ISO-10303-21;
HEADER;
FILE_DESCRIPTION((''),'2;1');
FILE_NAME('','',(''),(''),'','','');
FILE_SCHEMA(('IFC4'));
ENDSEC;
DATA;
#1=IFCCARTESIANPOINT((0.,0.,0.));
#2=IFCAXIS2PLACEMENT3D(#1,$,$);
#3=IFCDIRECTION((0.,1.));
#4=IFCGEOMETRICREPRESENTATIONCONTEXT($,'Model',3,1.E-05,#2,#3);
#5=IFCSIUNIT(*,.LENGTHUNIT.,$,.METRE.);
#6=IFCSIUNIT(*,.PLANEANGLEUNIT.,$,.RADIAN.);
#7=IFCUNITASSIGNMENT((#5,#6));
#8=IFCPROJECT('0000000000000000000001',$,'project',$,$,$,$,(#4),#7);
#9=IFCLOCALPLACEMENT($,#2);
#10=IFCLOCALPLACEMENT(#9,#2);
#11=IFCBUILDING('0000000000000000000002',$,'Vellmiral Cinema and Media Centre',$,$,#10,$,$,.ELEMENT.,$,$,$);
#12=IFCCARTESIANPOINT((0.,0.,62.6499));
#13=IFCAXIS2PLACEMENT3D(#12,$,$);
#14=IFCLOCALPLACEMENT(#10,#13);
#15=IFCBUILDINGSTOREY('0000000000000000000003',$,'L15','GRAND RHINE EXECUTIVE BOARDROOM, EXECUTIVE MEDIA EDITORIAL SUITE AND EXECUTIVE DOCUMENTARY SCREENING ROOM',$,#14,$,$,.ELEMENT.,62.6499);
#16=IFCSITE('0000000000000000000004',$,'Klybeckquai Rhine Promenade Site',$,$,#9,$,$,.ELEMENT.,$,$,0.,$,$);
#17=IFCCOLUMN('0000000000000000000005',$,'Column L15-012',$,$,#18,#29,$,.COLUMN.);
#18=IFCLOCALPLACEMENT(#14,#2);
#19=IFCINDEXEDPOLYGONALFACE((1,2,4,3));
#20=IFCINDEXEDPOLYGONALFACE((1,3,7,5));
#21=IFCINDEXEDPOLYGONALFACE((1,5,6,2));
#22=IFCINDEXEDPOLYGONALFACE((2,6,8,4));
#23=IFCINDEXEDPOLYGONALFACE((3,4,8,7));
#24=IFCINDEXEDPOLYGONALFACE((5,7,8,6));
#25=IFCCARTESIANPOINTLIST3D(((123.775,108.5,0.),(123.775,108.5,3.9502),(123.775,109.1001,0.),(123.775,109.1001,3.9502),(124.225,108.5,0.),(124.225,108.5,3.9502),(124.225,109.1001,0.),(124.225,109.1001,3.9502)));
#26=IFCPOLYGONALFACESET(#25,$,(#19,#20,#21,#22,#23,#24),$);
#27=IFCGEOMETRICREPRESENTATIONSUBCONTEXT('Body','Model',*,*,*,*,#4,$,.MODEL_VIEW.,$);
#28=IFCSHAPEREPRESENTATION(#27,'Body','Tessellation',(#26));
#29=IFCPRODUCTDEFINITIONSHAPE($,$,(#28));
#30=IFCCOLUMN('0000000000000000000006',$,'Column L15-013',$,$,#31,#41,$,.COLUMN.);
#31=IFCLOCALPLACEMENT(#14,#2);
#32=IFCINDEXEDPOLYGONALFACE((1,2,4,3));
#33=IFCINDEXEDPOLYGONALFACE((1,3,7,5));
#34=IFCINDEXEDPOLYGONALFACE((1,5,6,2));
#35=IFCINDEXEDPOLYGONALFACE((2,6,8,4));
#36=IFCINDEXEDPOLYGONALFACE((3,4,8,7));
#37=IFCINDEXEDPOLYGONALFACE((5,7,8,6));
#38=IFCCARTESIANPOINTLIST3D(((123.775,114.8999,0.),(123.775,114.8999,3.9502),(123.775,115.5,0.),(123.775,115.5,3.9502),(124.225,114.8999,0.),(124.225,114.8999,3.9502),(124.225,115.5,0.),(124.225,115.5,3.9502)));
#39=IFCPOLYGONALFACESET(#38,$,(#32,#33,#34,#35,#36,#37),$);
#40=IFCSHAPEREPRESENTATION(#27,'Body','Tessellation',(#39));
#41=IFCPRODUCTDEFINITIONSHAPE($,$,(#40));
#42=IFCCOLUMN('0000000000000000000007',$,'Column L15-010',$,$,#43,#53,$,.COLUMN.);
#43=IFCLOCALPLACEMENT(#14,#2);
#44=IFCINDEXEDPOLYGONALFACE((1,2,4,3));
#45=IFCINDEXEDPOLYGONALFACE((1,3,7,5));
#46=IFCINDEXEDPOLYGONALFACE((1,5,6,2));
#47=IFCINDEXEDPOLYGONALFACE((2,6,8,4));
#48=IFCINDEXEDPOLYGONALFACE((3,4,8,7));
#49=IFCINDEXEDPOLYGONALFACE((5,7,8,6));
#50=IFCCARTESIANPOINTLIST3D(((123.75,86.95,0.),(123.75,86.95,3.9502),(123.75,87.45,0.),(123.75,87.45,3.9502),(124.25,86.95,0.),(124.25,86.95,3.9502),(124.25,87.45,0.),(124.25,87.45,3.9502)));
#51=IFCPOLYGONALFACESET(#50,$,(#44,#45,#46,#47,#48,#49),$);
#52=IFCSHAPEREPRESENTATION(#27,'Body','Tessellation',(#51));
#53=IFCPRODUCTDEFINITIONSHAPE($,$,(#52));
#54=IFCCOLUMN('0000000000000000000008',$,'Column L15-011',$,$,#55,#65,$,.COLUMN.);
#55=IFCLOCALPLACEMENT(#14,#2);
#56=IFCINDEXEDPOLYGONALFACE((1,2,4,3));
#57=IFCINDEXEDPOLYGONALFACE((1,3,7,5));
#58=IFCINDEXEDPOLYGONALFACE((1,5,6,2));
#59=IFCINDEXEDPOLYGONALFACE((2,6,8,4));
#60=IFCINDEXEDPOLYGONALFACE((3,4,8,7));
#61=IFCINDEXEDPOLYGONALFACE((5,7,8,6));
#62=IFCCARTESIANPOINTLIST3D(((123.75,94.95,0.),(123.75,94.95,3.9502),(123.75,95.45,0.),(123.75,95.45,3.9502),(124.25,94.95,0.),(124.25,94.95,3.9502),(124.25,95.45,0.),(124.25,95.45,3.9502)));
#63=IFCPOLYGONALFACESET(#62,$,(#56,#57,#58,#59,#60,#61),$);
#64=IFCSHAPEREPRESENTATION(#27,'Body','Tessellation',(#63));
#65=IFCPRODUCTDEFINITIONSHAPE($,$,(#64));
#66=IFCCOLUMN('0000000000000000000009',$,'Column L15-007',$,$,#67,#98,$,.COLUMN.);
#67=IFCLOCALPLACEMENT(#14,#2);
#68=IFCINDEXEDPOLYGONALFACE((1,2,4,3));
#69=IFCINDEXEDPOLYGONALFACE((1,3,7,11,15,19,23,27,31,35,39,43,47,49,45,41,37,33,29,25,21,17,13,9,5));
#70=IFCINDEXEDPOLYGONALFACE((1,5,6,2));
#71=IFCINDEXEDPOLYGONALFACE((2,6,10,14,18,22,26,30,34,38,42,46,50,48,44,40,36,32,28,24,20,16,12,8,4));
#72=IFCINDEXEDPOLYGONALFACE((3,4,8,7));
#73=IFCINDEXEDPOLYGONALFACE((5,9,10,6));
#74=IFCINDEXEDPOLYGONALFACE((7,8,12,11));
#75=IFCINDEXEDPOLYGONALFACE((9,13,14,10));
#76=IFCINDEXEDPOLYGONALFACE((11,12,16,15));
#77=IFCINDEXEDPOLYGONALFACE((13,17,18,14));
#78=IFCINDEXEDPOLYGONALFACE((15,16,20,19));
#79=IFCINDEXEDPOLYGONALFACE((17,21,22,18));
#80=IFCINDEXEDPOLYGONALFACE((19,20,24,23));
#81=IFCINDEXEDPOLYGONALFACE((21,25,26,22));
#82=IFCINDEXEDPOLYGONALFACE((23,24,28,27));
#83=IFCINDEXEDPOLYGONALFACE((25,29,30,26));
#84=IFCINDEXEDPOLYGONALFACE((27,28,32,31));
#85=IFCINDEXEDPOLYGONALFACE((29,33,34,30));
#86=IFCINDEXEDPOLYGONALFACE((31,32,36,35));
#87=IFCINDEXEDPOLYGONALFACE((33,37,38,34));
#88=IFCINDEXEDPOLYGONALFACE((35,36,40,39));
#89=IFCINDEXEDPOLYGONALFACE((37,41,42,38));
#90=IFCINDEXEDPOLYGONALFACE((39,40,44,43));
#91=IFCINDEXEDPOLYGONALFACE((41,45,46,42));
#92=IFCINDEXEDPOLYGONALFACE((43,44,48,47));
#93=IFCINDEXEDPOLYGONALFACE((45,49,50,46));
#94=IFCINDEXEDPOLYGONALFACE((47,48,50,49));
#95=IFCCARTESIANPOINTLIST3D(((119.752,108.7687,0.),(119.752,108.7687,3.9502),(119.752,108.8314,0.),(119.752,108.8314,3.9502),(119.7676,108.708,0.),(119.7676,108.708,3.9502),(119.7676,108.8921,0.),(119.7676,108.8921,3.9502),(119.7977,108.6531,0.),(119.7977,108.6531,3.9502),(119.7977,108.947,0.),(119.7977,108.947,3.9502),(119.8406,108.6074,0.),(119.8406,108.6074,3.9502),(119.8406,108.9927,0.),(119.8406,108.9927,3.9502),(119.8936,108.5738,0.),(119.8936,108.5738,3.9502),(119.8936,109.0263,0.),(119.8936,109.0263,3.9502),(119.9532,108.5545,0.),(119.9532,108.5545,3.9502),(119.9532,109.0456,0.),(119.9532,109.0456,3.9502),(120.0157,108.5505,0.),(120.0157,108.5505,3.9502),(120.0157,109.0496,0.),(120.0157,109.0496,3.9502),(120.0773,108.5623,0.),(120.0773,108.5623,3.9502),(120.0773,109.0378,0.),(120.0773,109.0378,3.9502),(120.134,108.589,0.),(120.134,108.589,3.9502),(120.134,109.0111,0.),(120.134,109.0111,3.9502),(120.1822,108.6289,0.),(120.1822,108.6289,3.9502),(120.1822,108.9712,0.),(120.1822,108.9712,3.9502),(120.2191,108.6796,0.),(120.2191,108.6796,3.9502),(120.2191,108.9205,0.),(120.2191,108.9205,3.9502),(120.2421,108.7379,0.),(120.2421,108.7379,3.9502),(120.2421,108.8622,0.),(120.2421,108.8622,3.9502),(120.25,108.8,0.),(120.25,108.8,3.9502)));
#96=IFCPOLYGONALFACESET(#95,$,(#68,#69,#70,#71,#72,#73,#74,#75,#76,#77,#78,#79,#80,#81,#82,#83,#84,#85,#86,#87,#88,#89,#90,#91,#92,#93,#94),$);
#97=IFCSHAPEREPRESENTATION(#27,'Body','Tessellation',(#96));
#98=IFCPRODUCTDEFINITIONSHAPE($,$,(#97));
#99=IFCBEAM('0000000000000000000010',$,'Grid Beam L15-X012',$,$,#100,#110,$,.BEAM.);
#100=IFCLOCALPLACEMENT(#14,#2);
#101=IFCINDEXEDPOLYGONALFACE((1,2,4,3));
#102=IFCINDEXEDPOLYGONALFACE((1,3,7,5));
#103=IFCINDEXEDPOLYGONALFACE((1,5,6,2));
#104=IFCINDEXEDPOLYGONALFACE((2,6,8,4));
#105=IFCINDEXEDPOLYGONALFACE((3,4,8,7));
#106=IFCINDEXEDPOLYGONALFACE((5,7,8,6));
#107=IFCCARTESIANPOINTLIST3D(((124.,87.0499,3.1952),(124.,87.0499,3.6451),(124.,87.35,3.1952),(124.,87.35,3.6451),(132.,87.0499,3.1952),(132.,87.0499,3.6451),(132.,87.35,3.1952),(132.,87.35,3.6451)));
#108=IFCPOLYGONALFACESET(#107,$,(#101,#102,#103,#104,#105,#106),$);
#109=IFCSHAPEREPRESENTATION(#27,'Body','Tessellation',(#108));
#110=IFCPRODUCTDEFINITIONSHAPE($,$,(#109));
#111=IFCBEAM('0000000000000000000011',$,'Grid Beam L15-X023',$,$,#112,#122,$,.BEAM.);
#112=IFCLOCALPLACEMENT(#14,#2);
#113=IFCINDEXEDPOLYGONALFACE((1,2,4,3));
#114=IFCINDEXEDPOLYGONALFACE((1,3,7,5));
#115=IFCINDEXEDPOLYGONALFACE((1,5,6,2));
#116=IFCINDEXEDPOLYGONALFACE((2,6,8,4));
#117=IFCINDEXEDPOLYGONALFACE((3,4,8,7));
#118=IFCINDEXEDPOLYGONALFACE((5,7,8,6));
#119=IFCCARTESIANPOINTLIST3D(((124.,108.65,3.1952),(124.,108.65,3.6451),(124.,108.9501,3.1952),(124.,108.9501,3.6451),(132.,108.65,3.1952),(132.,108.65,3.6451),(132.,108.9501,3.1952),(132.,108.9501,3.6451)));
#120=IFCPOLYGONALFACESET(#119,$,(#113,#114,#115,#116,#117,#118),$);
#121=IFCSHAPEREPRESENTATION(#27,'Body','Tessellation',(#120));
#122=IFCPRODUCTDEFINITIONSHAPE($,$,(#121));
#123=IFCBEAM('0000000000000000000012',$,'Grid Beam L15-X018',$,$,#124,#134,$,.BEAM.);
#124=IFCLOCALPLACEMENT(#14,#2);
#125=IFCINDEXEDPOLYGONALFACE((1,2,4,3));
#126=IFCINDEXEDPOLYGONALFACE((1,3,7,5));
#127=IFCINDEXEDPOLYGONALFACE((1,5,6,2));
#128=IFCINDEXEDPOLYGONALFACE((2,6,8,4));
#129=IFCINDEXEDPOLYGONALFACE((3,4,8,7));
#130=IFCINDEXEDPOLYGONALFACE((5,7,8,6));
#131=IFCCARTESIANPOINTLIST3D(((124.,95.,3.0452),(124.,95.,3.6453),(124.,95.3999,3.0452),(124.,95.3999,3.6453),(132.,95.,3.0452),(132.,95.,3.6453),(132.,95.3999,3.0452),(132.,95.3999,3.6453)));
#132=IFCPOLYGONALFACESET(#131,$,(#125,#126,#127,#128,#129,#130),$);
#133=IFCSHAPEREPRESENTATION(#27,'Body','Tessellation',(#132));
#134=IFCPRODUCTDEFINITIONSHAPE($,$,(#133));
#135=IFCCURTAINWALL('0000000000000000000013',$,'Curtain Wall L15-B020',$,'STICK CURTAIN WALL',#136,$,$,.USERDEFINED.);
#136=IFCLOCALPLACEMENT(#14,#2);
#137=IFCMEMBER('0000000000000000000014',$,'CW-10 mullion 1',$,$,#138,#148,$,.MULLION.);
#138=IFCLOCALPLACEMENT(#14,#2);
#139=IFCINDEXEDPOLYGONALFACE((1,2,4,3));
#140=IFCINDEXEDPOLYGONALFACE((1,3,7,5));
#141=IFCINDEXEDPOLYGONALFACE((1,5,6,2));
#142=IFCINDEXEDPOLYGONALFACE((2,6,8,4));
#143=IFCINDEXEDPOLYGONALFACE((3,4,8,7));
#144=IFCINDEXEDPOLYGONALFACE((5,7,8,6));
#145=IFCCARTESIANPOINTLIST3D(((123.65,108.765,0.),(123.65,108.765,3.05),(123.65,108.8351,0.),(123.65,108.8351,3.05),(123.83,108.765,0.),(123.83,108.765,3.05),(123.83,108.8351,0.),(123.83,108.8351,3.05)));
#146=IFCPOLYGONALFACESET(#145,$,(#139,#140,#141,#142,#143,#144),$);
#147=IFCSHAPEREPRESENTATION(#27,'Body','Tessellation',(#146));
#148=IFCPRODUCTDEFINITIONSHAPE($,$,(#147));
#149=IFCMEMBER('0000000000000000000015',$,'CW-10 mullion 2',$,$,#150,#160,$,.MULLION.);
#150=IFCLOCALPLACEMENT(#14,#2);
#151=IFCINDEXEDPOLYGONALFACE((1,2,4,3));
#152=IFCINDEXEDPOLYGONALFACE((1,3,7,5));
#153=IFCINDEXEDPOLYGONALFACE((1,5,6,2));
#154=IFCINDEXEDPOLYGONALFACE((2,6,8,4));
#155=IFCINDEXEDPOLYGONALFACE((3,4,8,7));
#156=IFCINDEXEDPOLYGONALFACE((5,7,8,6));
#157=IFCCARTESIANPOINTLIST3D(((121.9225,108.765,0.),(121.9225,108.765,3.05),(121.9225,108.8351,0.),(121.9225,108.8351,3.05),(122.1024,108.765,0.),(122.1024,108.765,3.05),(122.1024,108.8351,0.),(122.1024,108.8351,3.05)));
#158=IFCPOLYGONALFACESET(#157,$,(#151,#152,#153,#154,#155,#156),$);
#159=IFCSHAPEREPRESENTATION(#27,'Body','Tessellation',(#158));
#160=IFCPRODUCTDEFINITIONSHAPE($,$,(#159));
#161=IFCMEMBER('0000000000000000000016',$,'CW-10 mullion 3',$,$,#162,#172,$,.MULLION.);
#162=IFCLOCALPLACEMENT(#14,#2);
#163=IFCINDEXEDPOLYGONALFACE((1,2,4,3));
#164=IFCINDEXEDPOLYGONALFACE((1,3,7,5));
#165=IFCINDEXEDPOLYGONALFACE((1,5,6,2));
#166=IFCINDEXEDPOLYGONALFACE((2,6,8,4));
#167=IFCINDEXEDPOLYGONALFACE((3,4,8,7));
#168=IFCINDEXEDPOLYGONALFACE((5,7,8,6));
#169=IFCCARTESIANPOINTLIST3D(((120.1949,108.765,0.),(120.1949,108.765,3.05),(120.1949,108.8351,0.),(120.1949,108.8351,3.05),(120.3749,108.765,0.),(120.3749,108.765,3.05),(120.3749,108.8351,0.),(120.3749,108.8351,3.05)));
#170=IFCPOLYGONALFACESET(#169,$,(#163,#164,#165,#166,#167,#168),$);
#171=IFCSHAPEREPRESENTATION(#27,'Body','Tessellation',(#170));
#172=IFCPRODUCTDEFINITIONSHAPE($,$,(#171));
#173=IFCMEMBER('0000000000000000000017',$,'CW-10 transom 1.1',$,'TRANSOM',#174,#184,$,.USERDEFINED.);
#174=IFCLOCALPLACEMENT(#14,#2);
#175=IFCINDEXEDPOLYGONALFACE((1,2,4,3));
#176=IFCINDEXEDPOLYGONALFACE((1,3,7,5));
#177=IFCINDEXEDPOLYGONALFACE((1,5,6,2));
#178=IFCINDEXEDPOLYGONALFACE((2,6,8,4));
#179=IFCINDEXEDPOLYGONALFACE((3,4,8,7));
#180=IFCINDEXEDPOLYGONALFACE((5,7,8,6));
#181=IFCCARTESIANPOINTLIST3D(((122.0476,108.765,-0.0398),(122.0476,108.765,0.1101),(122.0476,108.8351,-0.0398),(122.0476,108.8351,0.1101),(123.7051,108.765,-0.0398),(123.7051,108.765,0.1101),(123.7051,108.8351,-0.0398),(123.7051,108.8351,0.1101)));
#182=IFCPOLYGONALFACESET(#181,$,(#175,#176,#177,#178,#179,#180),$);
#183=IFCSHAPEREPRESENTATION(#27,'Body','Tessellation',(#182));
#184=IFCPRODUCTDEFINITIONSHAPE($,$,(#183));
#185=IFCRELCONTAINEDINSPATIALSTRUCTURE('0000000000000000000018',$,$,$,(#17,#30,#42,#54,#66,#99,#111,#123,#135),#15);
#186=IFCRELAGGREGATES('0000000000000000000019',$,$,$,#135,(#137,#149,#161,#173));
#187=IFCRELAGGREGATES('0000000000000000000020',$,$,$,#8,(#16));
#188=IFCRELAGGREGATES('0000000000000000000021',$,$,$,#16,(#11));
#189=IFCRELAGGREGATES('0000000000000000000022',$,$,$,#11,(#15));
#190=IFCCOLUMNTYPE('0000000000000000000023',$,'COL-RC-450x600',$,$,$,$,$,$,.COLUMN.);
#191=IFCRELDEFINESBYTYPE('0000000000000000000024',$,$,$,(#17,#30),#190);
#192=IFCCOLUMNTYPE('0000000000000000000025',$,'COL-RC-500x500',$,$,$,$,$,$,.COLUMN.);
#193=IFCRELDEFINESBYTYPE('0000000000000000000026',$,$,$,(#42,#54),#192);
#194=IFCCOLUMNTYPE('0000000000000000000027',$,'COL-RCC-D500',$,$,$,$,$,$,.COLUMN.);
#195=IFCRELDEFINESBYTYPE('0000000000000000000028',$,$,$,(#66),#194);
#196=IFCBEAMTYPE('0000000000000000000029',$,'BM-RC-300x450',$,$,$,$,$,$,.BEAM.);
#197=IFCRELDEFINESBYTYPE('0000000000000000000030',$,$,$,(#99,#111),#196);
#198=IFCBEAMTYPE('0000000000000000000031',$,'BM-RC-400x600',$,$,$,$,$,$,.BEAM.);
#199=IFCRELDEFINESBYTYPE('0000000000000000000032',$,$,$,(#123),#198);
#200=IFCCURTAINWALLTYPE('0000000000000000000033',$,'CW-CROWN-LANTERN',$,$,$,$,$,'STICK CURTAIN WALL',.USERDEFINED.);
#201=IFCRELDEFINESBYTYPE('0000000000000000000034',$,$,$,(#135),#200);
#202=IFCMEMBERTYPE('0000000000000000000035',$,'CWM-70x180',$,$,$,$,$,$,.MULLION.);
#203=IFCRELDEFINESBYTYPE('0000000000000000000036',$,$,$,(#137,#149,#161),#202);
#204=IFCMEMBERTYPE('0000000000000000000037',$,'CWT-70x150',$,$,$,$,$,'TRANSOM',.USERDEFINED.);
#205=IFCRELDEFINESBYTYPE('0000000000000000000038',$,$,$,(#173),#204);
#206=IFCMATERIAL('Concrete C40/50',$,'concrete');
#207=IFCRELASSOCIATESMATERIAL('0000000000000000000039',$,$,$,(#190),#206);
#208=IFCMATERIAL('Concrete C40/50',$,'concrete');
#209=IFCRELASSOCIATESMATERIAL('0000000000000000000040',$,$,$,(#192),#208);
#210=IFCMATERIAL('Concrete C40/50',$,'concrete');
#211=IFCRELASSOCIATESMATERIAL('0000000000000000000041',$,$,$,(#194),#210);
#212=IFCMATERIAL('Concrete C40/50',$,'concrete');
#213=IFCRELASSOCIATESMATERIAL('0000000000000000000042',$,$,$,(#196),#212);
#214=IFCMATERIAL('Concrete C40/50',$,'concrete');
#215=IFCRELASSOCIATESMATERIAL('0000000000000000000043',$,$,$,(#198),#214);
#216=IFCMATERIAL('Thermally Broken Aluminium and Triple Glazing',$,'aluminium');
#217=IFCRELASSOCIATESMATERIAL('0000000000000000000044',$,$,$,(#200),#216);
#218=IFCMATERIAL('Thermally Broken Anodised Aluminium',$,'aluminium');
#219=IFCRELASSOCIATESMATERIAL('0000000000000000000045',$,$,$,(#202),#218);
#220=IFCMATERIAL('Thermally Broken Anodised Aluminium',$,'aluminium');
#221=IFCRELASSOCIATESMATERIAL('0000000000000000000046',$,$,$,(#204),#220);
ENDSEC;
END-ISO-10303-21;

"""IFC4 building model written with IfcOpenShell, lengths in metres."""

from ifc_helpers import new_model, si_unit, direction, frame, origin, origin_2d, place, context, subcontext, project, spatial, rectangle, circle, extrude, material, material_profile, profile_set, type_object, element, aggregate, save


model = new_model("IFC4")

# Units and contexts
model_context = context("Model", 3, precision=1e-05, world=origin(), true_north=direction((0.0, 1.0)))
body_context = subcontext(model_context, "Body", "Model", "MODEL_VIEW")
ifc_project = project(units=[si_unit("LENGTHUNIT", "METRE"), si_unit("PLANEANGLEUNIT", "RADIAN")], contexts=[model_context])

# Site, building, storey
site_placement = place(None, origin())
site = spatial("IfcSite", under=ifc_project, at=site_placement, Name="Klybeckquai Rhine Promenade Site", CompositionType="ELEMENT", RefElevation=0.0)
building_placement = place(site_placement, origin())
building = spatial("IfcBuilding", under=site, at=building_placement, Name="Vellmiral Cinema and Media Centre", CompositionType="ELEMENT")
storey_placement = place(building_placement, frame((0.0, 0.0, 62.6499)))
storey = spatial("IfcBuildingStorey", under=building, at=storey_placement, Name="L15", Description="GRAND RHINE EXECUTIVE BOARDROOM, EXECUTIVE MEDIA EDITORIAL SUITE AND EXECUTIVE DOCUMENTARY SCREENING ROOM", CompositionType="ELEMENT", Elevation=62.6499)

# Columns
ifc_material_1 = material(Name="Concrete C40/50", Category="concrete")
ifc_material_profile_1 = material_profile(ifc_material_1, rectangle(XDim=0.45, YDim=0.6001, at=origin_2d()), Name="RC 450x600")
ifc_profile_set_1 = profile_set([ifc_material_profile_1], Name="Concrete C40/50")
column_type_1 = type_object("IfcColumnType", Name="COL-RC-450x600", PredefinedType="COLUMN", material=ifc_profile_set_1)
for number, where, z_axis, x_axis, name in (
    (1, (124.0, 108.8, 0.0), (0.0, 0.0, 1.0), (1.0, 0.0, 0.0), "Column L15-012"),
    (2, (124.0, 115.2, 0.0), (0.0, 0.0, 1.0), (1.0, 0.0, 0.0), "Column L15-013"),
):
    element("IfcColumn", number, at=place(storey_placement, frame(where, z_axis=z_axis, x_axis=x_axis)), inside=storey, type_object=column_type_1, Name=name, PredefinedType="COLUMN", context=body_context, shape_type="SweptSolid", body=[
        extrude(rectangle(XDim=0.45, YDim=0.6001, at=origin_2d()), origin(), (0.0, 0.0, 1.0), 3.9502),
    ])
ifc_material_2 = material(Name="Concrete C40/50", Category="concrete")
ifc_material_profile_2 = material_profile(ifc_material_2, rectangle(XDim=0.5, YDim=0.5, at=origin_2d()), Name="RC 500x500")
ifc_profile_set_2 = profile_set([ifc_material_profile_2], Name="Concrete C40/50")
column_type_2 = type_object("IfcColumnType", Name="COL-RC-500x500", PredefinedType="COLUMN", material=ifc_profile_set_2)
for number, where, z_axis, x_axis, name in (
    (3, (124.0, 87.2, 0.0), (0.0, 0.0, 1.0), (1.0, 0.0, 0.0), "Column L15-010"),
    (4, (124.0, 95.2, 0.0), (0.0, 0.0, 1.0), (1.0, 0.0, 0.0), "Column L15-011"),
):
    element("IfcColumn", number, at=place(storey_placement, frame(where, z_axis=z_axis, x_axis=x_axis)), inside=storey, type_object=column_type_2, Name=name, PredefinedType="COLUMN", context=body_context, shape_type="SweptSolid", body=[
        extrude(rectangle(XDim=0.5, YDim=0.5, at=origin_2d()), origin(), (0.0, 0.0, 1.0), 3.9502),
    ])
ifc_material_3 = material(Name="Concrete C40/50", Category="concrete")
ifc_material_profile_3 = material_profile(ifc_material_3, circle(Radius=0.25, at=origin_2d()), Name="RC D500")
ifc_profile_set_3 = profile_set([ifc_material_profile_3], Name="Concrete C40/50")
column_type_3 = type_object("IfcColumnType", Name="COL-RCC-D500", PredefinedType="COLUMN", material=ifc_profile_set_3)
column_placement = place(storey_placement, frame((120.0, 108.8, 0.0), z_axis=(0.0, 0.0, 1.0), x_axis=(1.0, 0.0, 0.0)))
element("IfcColumn", 5, at=column_placement, inside=storey, type_object=column_type_3, Name="Column L15-007", PredefinedType="COLUMN", context=body_context, shape_type="SweptSolid", body=[
    extrude(circle(Radius=0.25, at=origin_2d()), origin(), (0.0, 0.0, 1.0), 3.9502),
])

# Beams
ifc_material_4 = material(Name="Concrete C40/50", Category="concrete")
ifc_material_profile_4 = material_profile(ifc_material_4, rectangle(XDim=0.3, YDim=0.45, at=origin_2d()), Name="RC 300x450")
ifc_profile_set_4 = profile_set([ifc_material_profile_4], Name="Concrete C40/50")
beam_type_1 = type_object("IfcBeamType", Name="BM-RC-300x450", PredefinedType="BEAM", material=ifc_profile_set_4)
for number, where, z_axis, x_axis, name in (
    (6, (124.0, 87.2, 3.4202), (1.0, 0.0, 0.0), (0.0, 1.0, 0.0), "Grid Beam L15-X012"),
    (7, (124.0, 108.8, 3.4202), (1.0, 0.0, 0.0), (0.0, 1.0, 0.0), "Grid Beam L15-X023"),
):
    element("IfcBeam", number, at=place(storey_placement, frame(where, z_axis=z_axis, x_axis=x_axis)), inside=storey, type_object=beam_type_1, Name=name, PredefinedType="BEAM", context=body_context, shape_type="SweptSolid", body=[
        extrude(rectangle(XDim=0.3, YDim=0.45, at=origin_2d()), origin(), (0.0, 0.0, 1.0), 8.0),
    ])
ifc_material_5 = material(Name="Concrete C40/50", Category="concrete")
ifc_material_profile_5 = material_profile(ifc_material_5, rectangle(XDim=0.3999, YDim=0.6001, at=origin_2d()), Name="RC 400x600")
ifc_profile_set_5 = profile_set([ifc_material_profile_5], Name="Concrete C40/50")
beam_type_2 = type_object("IfcBeamType", Name="BM-RC-400x600", PredefinedType="BEAM", material=ifc_profile_set_5)
beam_1_placement = place(storey_placement, frame((124.0, 95.2, 3.3452), z_axis=(1.0, 0.0, 0.0), x_axis=(0.0, 1.0, 0.0)))
element("IfcBeam", 8, at=beam_1_placement, inside=storey, type_object=beam_type_2, Name="Grid Beam L15-X018", PredefinedType="BEAM", context=body_context, shape_type="SweptSolid", body=[
    extrude(rectangle(XDim=0.3999, YDim=0.6001, at=origin_2d()), origin(), (0.0, 0.0, 1.0), 8.0),
])

# Curtain wall, members
ifc_material_6 = material(Name="Thermally Broken Aluminium and Triple Glazing", Category="aluminium")
curtain_wall_type = type_object("IfcCurtainWallType", Name="CW-CROWN-LANTERN", ElementType="STICK CURTAIN WALL", PredefinedType="USERDEFINED", material=ifc_material_6)
curtain_wall_1_placement = place(storey_placement, origin())
curtain_wall_1 = element("IfcCurtainWall", 9, at=curtain_wall_1_placement, inside=storey, type_object=curtain_wall_type, Name="Curtain Wall L15-B020", ObjectType="STICK CURTAIN WALL", PredefinedType="USERDEFINED")
ifc_material_7 = material(Name="Thermally Broken Anodised Aluminium", Category="aluminium")
ifc_material_profile_6 = material_profile(ifc_material_7, rectangle(XDim=0.0701, YDim=0.1799, at=origin_2d()), Name="MULL 70x180")
ifc_profile_set_6 = profile_set([ifc_material_profile_6], Name="Thermally Broken Anodised Aluminium")
member_type_1 = type_object("IfcMemberType", Name="CWM-70x180", PredefinedType="MULLION", material=ifc_profile_set_6)
member_1_placement = place(storey_placement, frame((123.74, 108.8, 0.0), z_axis=(0.0, 0.0, 1.0), x_axis=(0.0, -1.0, 0.0)))
member_1 = element("IfcMember", 10, at=member_1_placement, type_object=member_type_1, Name="CW-10 mullion 1", PredefinedType="MULLION", context=body_context, shape_type="SweptSolid", body=[
    extrude(rectangle(XDim=0.0701, YDim=0.1799, at=origin_2d()), origin(), (0.0, 0.0, 1.0), 3.05),
])
member_2_placement = place(storey_placement, frame((122.0125, 108.8, 0.0), z_axis=(0.0, 0.0, 1.0), x_axis=(0.0, -1.0, 0.0)))
member_2 = element("IfcMember", 11, at=member_2_placement, type_object=member_type_1, Name="CW-10 mullion 2", PredefinedType="MULLION", context=body_context, shape_type="SweptSolid", body=[
    extrude(rectangle(XDim=0.0701, YDim=0.1799, at=origin_2d()), origin(), (0.0, 0.0, 1.0), 3.05),
])
member_3_placement = place(storey_placement, frame((120.2849, 108.8, 0.0), z_axis=(0.0, 0.0, 1.0), x_axis=(0.0, -1.0, 0.0)))
member_3 = element("IfcMember", 12, at=member_3_placement, type_object=member_type_1, Name="CW-10 mullion 3", PredefinedType="MULLION", context=body_context, shape_type="SweptSolid", body=[
    extrude(rectangle(XDim=0.0701, YDim=0.1799, at=origin_2d()), origin(), (0.0, 0.0, 1.0), 3.05),
])
ifc_material_8 = material(Name="Thermally Broken Anodised Aluminium", Category="aluminium")
ifc_material_profile_7 = material_profile(ifc_material_8, rectangle(XDim=0.0701, YDim=0.1499, at=origin_2d()), Name="MULL 70x150")
ifc_profile_set_7 = profile_set([ifc_material_profile_7], Name="Thermally Broken Anodised Aluminium")
member_type_2 = type_object("IfcMemberType", Name="CWT-70x150", ElementType="TRANSOM", PredefinedType="USERDEFINED", material=ifc_profile_set_7)
member_4_placement = place(storey_placement, frame((123.7051, 108.8, 0.0352), z_axis=(-1.0, 0.0, 0.0), x_axis=(0.0, -1.0, 0.0)))
member_4 = element("IfcMember", 13, at=member_4_placement, type_object=member_type_2, Name="CW-10 transom 1.1", ObjectType="TRANSOM", PredefinedType="USERDEFINED", context=body_context, shape_type="SweptSolid", body=[
    extrude(rectangle(XDim=0.0701, YDim=0.1499, at=origin_2d()), origin(), (0.0, 0.0, 1.0), 1.6575),
])

aggregate(curtain_wall_1, [member_1, member_2, member_3, member_4])

save(model, "model.ifc")
